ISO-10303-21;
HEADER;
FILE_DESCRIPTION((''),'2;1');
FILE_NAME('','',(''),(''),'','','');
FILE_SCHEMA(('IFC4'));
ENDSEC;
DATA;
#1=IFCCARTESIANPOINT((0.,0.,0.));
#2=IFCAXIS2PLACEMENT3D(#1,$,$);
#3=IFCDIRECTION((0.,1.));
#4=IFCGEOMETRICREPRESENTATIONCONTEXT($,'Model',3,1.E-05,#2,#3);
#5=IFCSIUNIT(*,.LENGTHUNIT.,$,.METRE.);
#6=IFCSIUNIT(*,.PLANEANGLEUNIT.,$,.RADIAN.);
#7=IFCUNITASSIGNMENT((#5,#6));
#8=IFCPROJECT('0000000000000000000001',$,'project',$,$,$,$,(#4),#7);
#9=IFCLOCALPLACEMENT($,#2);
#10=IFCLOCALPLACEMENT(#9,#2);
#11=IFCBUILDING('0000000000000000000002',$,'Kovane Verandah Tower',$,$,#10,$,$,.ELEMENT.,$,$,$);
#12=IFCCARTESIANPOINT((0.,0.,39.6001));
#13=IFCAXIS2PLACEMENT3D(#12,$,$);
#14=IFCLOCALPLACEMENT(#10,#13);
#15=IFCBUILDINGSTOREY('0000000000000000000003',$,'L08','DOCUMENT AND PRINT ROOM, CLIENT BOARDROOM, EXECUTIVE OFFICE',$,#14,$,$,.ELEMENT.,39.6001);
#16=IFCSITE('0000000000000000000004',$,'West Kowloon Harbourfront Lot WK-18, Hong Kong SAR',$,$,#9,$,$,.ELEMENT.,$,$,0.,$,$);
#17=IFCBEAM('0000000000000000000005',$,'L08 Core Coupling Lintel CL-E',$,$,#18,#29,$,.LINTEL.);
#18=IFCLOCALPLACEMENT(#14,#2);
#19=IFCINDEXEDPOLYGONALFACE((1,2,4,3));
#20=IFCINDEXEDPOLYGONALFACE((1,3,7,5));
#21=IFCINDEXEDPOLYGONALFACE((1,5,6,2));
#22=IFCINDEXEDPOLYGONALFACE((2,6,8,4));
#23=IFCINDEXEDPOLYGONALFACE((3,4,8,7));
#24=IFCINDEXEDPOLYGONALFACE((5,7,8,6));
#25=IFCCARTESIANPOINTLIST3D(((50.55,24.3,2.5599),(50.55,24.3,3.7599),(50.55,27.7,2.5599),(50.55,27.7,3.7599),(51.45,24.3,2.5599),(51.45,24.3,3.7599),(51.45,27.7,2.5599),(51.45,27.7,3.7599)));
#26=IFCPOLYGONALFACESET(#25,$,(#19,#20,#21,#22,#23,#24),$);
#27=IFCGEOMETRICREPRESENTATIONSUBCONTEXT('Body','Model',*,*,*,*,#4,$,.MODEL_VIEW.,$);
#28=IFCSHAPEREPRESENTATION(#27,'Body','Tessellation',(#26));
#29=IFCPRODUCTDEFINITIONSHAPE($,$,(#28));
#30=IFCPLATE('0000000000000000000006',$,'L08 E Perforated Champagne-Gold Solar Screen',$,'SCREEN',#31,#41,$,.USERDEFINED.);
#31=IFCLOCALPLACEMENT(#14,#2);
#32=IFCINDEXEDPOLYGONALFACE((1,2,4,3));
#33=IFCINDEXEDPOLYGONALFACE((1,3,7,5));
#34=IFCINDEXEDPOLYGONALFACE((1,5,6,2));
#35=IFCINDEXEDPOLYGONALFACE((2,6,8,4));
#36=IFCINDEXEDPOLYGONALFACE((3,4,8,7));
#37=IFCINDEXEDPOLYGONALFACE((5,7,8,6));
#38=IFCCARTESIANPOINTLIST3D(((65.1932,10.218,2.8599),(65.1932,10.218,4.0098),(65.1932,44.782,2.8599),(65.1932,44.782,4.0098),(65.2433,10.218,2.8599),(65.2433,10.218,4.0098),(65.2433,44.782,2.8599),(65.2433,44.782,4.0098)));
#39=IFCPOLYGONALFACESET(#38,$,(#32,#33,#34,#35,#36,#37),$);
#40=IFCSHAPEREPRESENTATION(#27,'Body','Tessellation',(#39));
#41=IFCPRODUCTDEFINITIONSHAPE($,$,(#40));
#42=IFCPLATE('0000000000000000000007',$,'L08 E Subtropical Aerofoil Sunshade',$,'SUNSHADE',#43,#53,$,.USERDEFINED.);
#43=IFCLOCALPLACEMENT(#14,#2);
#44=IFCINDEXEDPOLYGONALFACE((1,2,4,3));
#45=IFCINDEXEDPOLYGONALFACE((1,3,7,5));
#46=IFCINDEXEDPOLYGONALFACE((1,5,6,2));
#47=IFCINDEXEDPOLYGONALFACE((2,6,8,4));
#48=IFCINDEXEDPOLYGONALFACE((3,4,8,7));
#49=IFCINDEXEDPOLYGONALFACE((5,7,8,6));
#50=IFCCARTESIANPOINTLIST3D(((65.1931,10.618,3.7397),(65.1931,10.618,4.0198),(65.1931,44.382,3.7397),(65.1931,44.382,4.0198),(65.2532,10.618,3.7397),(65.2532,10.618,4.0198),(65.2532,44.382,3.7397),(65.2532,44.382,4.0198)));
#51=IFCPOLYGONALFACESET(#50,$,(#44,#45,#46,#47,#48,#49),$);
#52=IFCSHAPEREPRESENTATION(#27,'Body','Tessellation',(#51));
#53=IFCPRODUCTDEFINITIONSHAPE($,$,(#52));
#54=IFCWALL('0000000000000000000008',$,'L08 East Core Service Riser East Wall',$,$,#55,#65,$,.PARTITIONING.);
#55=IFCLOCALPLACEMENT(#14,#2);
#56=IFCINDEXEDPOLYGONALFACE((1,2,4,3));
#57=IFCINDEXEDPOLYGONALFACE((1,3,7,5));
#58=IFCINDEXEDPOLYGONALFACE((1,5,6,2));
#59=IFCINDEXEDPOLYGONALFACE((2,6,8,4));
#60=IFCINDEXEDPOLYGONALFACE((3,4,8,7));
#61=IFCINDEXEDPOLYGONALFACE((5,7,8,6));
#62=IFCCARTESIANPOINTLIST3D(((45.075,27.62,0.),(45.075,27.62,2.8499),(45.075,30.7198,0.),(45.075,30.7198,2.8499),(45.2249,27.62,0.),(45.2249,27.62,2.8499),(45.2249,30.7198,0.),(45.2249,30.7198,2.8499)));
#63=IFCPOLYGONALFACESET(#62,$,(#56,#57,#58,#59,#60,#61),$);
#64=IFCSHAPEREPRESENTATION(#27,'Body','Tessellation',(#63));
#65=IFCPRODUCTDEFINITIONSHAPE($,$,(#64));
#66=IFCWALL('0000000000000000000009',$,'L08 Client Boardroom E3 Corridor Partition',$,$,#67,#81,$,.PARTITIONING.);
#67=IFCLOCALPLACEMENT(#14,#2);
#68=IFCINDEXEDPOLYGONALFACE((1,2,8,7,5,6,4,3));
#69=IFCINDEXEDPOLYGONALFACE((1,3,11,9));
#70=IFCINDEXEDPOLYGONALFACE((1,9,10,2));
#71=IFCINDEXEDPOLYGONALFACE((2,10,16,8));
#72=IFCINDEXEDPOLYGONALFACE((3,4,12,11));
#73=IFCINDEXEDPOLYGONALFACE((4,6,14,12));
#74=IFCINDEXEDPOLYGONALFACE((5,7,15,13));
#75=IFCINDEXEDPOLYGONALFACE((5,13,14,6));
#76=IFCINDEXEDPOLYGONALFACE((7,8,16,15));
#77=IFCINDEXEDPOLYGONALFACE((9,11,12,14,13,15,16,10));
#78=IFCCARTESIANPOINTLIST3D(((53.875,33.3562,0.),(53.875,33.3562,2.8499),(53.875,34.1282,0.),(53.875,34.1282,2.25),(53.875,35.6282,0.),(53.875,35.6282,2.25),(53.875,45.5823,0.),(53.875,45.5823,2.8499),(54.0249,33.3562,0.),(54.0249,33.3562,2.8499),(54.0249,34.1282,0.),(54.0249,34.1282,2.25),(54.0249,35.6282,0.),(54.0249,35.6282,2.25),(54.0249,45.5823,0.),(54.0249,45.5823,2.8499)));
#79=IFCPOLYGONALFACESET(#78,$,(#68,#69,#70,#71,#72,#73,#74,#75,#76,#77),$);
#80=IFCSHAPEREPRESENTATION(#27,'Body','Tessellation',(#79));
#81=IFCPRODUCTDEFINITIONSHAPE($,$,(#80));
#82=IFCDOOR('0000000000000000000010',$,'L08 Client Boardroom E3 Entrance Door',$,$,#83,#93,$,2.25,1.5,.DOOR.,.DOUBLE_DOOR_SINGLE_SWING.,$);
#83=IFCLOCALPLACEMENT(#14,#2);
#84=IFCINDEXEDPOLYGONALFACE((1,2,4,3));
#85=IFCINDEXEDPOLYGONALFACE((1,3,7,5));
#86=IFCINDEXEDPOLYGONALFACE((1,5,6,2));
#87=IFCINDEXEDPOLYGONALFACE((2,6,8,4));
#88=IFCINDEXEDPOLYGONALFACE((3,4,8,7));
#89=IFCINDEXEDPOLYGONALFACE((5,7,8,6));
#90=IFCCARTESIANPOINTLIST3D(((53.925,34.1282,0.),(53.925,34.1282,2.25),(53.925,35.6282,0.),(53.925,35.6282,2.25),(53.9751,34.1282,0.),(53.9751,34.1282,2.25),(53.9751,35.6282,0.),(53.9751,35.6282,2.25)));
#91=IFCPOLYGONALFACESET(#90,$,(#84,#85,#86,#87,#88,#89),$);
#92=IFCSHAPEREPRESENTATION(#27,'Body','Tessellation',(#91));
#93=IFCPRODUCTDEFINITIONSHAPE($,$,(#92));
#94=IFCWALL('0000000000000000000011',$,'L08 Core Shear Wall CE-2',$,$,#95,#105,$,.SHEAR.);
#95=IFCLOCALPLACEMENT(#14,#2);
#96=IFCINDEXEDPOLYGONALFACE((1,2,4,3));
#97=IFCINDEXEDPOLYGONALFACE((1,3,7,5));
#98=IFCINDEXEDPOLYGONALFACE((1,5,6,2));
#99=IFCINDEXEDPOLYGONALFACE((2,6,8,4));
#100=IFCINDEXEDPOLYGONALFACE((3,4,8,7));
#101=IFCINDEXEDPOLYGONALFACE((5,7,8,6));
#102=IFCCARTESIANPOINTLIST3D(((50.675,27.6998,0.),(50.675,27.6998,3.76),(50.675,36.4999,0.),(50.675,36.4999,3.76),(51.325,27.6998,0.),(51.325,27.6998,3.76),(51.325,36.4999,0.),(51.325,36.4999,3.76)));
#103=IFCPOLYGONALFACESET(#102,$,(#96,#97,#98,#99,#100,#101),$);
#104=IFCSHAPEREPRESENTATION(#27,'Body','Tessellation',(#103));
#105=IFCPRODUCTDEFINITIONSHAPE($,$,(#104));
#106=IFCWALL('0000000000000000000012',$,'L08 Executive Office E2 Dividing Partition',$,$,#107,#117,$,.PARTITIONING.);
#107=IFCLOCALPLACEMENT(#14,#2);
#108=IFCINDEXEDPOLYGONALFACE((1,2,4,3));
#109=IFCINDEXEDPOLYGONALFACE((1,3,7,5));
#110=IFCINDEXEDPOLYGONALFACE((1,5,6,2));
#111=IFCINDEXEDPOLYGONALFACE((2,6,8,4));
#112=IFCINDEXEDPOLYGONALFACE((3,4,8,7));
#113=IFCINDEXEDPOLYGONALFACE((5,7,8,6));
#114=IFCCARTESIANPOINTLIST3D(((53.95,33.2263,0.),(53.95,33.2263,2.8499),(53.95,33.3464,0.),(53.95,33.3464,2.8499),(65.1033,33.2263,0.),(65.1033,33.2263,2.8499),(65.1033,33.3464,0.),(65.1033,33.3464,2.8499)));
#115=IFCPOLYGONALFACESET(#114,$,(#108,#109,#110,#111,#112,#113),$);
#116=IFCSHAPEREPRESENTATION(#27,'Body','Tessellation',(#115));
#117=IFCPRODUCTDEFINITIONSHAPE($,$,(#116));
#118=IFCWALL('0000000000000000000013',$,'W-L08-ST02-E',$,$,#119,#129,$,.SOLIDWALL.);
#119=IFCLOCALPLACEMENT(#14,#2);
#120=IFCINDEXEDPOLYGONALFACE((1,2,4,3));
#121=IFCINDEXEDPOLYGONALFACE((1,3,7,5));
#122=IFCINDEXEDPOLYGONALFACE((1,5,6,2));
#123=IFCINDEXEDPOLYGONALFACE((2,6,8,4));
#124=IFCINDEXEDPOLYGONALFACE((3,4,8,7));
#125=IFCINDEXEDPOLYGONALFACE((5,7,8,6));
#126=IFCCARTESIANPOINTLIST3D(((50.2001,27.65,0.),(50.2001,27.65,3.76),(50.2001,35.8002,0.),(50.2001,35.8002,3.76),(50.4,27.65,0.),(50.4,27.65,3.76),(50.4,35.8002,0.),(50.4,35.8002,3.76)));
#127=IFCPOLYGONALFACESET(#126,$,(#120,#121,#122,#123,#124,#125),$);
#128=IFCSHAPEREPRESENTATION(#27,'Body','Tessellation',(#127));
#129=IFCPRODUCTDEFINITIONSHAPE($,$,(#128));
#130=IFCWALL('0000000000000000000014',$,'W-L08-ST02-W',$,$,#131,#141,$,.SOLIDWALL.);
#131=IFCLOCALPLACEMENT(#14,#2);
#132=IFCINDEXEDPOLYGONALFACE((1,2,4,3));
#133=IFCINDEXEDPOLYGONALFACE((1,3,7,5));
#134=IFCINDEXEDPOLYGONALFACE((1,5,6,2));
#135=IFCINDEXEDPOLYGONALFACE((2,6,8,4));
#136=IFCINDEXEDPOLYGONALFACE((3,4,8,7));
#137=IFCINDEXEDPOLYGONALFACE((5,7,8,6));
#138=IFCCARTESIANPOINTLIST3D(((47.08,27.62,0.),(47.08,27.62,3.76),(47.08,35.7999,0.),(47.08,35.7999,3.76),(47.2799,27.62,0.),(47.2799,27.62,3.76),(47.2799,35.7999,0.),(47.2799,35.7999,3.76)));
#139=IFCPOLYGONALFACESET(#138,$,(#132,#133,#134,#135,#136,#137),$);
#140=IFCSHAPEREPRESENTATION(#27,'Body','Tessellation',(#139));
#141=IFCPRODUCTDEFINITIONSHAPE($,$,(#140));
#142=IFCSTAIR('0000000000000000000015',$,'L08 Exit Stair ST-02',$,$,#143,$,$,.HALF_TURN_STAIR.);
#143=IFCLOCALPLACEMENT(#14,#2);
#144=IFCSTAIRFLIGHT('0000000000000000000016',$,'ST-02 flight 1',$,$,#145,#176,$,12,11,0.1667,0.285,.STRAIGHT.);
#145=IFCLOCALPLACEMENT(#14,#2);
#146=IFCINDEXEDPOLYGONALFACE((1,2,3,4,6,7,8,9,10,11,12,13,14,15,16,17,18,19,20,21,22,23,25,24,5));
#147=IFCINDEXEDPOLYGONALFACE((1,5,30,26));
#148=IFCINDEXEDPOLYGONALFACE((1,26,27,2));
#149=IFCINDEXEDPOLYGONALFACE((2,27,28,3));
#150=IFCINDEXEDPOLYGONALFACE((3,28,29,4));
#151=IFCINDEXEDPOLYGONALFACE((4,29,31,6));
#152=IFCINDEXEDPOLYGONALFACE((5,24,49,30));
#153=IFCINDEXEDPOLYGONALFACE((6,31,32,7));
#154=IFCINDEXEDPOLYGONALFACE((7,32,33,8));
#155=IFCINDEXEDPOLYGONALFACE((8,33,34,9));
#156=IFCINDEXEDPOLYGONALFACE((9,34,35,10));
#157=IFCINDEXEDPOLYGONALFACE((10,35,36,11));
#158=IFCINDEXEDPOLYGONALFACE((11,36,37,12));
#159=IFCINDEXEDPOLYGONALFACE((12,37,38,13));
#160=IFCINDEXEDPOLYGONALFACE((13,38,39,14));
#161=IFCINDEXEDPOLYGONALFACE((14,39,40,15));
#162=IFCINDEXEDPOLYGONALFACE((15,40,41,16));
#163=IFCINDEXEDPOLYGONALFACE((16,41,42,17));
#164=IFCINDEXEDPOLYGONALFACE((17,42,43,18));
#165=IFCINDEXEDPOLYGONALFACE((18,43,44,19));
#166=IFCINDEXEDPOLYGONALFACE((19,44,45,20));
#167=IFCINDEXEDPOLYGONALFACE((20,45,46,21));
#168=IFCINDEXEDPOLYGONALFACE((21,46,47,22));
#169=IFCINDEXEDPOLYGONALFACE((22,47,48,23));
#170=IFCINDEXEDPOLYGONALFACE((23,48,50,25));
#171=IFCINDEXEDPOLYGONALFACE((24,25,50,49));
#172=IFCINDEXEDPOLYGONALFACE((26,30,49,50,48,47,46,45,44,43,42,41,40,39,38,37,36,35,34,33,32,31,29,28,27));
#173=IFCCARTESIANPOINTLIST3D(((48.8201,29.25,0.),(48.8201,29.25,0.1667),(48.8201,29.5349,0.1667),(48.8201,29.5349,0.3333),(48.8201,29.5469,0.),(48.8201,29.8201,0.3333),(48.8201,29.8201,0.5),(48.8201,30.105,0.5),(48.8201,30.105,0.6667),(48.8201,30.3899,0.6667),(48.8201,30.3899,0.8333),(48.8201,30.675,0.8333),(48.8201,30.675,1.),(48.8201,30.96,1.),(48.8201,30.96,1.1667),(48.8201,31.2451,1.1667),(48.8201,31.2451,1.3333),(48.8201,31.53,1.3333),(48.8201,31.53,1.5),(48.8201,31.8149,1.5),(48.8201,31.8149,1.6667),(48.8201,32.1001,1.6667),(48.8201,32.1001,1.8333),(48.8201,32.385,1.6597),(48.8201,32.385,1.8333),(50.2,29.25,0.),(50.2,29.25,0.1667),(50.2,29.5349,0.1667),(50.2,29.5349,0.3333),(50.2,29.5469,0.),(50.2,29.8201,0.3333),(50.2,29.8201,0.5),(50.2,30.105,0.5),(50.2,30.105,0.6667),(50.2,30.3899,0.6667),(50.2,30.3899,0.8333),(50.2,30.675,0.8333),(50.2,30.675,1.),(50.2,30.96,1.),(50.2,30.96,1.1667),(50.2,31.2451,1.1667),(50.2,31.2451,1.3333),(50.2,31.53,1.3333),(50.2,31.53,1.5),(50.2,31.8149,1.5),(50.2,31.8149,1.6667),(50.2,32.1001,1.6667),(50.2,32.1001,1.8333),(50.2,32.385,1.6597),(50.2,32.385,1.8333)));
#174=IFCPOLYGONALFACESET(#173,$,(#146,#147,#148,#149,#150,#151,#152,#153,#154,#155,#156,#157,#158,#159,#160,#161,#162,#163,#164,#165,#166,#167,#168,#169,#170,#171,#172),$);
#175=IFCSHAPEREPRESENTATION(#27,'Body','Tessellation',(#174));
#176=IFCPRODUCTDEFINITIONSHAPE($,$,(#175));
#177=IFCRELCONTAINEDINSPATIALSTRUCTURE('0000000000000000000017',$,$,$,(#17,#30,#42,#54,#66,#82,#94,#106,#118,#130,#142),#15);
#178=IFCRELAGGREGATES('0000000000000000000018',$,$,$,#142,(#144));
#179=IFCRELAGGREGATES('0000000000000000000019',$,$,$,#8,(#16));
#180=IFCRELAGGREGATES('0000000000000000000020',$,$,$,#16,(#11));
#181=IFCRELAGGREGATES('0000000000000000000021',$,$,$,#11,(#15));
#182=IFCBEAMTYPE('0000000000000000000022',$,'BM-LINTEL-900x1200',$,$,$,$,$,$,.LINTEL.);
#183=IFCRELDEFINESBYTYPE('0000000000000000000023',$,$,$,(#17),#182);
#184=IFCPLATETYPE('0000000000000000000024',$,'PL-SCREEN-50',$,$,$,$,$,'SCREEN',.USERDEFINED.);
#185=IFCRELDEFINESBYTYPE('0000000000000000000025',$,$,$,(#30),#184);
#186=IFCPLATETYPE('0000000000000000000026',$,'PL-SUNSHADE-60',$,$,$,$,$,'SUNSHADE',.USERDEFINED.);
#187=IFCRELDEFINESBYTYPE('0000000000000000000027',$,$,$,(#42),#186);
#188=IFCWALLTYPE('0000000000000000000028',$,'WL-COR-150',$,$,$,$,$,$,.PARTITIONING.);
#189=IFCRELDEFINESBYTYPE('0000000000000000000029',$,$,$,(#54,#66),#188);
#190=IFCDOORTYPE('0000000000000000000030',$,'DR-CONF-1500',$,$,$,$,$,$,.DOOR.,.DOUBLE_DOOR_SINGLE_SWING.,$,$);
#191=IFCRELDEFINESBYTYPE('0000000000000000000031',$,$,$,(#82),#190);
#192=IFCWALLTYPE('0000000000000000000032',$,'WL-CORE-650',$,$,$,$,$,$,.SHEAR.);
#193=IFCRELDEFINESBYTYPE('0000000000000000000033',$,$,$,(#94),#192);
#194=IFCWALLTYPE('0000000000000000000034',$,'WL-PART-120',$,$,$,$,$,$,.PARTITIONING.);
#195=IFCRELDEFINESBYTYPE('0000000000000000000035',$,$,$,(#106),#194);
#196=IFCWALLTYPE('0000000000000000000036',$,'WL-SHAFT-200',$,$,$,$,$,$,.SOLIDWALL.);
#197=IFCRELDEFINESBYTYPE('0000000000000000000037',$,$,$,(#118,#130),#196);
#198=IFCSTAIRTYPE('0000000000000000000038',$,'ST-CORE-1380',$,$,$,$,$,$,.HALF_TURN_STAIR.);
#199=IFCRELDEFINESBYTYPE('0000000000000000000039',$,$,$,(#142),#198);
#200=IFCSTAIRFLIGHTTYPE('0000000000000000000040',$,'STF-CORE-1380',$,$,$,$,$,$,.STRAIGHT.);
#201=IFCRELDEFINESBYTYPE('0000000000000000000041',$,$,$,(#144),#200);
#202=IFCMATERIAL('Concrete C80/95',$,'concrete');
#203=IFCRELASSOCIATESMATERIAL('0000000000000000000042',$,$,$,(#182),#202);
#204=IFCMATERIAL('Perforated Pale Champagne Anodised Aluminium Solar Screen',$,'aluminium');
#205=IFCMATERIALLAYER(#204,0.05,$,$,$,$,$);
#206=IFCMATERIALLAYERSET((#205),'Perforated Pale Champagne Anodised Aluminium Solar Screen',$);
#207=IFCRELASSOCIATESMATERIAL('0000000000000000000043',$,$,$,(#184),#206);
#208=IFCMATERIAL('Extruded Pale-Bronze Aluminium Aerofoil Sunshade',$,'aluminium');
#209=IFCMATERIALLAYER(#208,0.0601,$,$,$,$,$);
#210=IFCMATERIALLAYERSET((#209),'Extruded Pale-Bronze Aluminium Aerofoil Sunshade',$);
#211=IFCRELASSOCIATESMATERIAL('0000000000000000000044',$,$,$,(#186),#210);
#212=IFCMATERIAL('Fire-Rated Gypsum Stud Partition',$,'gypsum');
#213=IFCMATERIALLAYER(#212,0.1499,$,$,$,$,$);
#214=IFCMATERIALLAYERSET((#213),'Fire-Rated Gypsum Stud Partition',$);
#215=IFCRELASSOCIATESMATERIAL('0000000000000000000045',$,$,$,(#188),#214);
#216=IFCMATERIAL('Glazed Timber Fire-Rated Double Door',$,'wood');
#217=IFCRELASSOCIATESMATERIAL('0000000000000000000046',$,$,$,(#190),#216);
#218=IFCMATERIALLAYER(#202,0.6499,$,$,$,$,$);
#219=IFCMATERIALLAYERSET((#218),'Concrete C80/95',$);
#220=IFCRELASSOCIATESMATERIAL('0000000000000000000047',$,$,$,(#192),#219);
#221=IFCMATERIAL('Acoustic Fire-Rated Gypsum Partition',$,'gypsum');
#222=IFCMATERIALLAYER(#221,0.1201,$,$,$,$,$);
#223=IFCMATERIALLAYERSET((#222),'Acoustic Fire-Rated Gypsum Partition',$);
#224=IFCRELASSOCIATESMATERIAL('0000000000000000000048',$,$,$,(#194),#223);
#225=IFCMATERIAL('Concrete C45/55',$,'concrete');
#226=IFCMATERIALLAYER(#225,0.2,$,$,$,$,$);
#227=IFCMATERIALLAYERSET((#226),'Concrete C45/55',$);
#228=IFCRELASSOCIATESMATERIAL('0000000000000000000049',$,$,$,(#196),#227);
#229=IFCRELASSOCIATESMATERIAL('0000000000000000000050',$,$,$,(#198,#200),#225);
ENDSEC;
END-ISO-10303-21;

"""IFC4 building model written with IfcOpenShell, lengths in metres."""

from ifc_helpers import new_model, si_unit, direction, frame, frame_2d, origin, origin_2d, place, context, subcontext, project, spatial, polyline, rectangle, outline, extrude, material, layer, layer_set, material_profile, profile_set, type_object, element, fill, aggregate, save


model = new_model("IFC4")

# Units and contexts
model_context = context("Model", 3, precision=1e-05, world=origin(), true_north=direction((0.0, 1.0)))
body_context = subcontext(model_context, "Body", "Model", "MODEL_VIEW")
ifc_project = project(units=[si_unit("LENGTHUNIT", "METRE"), si_unit("PLANEANGLEUNIT", "RADIAN")], contexts=[model_context])

# Site, building, storey
site_placement = place(None, origin())
site = spatial("IfcSite", under=ifc_project, at=site_placement, Name="West Kowloon Harbourfront Lot WK-18, Hong Kong SAR", CompositionType="ELEMENT", RefElevation=0.0)
building_placement = place(site_placement, origin())
building = spatial("IfcBuilding", under=site, at=building_placement, Name="Kovane Verandah Tower", CompositionType="ELEMENT")
storey_placement = place(building_placement, frame((0.0, 0.0, 39.6001)))
storey = spatial("IfcBuildingStorey", under=building, at=storey_placement, Name="L08", Description="DOCUMENT AND PRINT ROOM, CLIENT BOARDROOM, EXECUTIVE OFFICE", CompositionType="ELEMENT", Elevation=39.6001)

# Beam
ifc_material_1 = material(Name="Concrete C80/95", Category="concrete")
ifc_material_profile = material_profile(ifc_material_1, rectangle(XDim=0.8999, YDim=1.2, at=origin_2d()), Name="RCB900x1200")
ifc_profile_set = profile_set([ifc_material_profile], Name="Concrete C80/95")
beam_type = type_object("IfcBeamType", Name="BM-LINTEL-900x1200", PredefinedType="LINTEL", material=ifc_profile_set)
beam_placement = place(storey_placement, frame((51.0, 24.3, 3.1599), z_axis=(0.0, 1.0, 0.0), x_axis=(-1.0, 0.0, 0.0)))
element("IfcBeam", 1, at=beam_placement, inside=storey, type_object=beam_type, Name="L08 Core Coupling Lintel CL-E", PredefinedType="LINTEL", context=body_context, shape_type="SweptSolid", body=[
    extrude(rectangle(XDim=0.8999, YDim=1.2, at=origin_2d()), origin(), (0.0, 0.0, 1.0), 3.3999),
])

# Plates
ifc_material_2 = material(Name="Perforated Pale Champagne Anodised Aluminium Solar Screen", Category="aluminium")
ifc_layer_1 = layer(ifc_material_2, 0.05)
ifc_layer_set_1 = layer_set([ifc_layer_1], Name="Perforated Pale Champagne Anodised Aluminium Solar Screen")
plate_type_1 = type_object("IfcPlateType", Name="PL-SCREEN-50", ElementType="SCREEN", PredefinedType="USERDEFINED", material=ifc_layer_set_1)
plate_1_placement = place(storey_placement, frame((65.2183, 27.5, 2.8599), z_axis=(0.0, 0.0, 1.0), x_axis=(0.0, 1.0, 0.0)))
element("IfcPlate", 2, at=plate_1_placement, inside=storey, type_object=plate_type_1, Name="L08 E Perforated Champagne-Gold Solar Screen", ObjectType="SCREEN", PredefinedType="USERDEFINED", context=body_context, shape_type="SweptSolid", body=[
    extrude(rectangle(XDim=34.564, YDim=0.05, at=origin_2d()), origin(), (0.0, 0.0, 1.0), 1.1499),
])
ifc_material_3 = material(Name="Extruded Pale-Bronze Aluminium Aerofoil Sunshade", Category="aluminium")
ifc_layer_2 = layer(ifc_material_3, 0.0601)
ifc_layer_set_2 = layer_set([ifc_layer_2], Name="Extruded Pale-Bronze Aluminium Aerofoil Sunshade")
plate_type_2 = type_object("IfcPlateType", Name="PL-SUNSHADE-60", ElementType="SUNSHADE", PredefinedType="USERDEFINED", material=ifc_layer_set_2)
plate_2_placement = place(storey_placement, frame((65.2231, 27.5, 3.7397), z_axis=(0.0, 0.0, 1.0), x_axis=(0.0, 1.0, 0.0)))
element("IfcPlate", 3, at=plate_2_placement, inside=storey, type_object=plate_type_2, Name="L08 E Subtropical Aerofoil Sunshade", ObjectType="SUNSHADE", PredefinedType="USERDEFINED", context=body_context, shape_type="SweptSolid", body=[
    extrude(rectangle(XDim=33.7639, YDim=0.0601, at=origin_2d()), origin(), (0.0, 0.0, 1.0), 0.28),
])

# Wall
ifc_material_4 = material(Name="Fire-Rated Gypsum Stud Partition", Category="gypsum")
ifc_layer_3 = layer(ifc_material_4, 0.1499)
ifc_layer_set_3 = layer_set([ifc_layer_3], Name="Fire-Rated Gypsum Stud Partition")
wall_type_1 = type_object("IfcWallType", Name="WL-COR-150", PredefinedType="PARTITIONING", material=ifc_layer_set_3)
wall_1_placement = place(storey_placement, frame((45.1499, 27.6201, 0.0), z_axis=(0.0, 0.0, 1.0), x_axis=(0.0, 1.0, 0.0)))
element("IfcWall", 4, at=wall_1_placement, inside=storey, type_object=wall_type_1, Name="L08 East Core Service Riser East Wall", PredefinedType="PARTITIONING", context=body_context, shape_type="SweptSolid", body=[
    extrude(rectangle(XDim=3.0999, YDim=0.1499, at=frame_2d((1.5498, 0.0))), origin(), (0.0, 0.0, 1.0), 2.8499),
])

# Wall, opening, door
wall_2_placement = place(storey_placement, frame((53.95, 33.3562, 0.0), z_axis=(0.0, 0.0, 1.0), x_axis=(0.0, 1.0, 0.0)))
wall_2 = element("IfcWall", 5, at=wall_2_placement, inside=storey, type_object=wall_type_1, Name="L08 Client Boardroom E3 Corridor Partition", PredefinedType="PARTITIONING", context=body_context, shape_type="SweptSolid", body=[
    extrude(rectangle(XDim=12.2261, YDim=0.1499, at=frame_2d((6.113, 0.0))), origin(), (0.0, 0.0, 1.0), 2.8499),
])
opening_1_placement = place(wall_2_placement, frame((0.772, 0.0, 0.0)))
opening_1 = element("IfcOpeningElement", 6, at=opening_1_placement, cuts=wall_2, PredefinedType="OPENING", context=body_context, shape_type="SweptSolid", body=[
    extrude(rectangle(XDim=1.5, YDim=2.25, at=frame_2d((0.75, 1.125))), frame((0.0, 0.075, 0.0), z_axis=(0.0, -1.0, 0.0), x_axis=(1.0, 0.0, 0.0)), (0.0, 0.0, 1.0), 0.1499),
])
ifc_material_5 = material(Name="Glazed Timber Fire-Rated Double Door", Category="wood")
door_type_1 = type_object("IfcDoorType", Name="DR-CONF-1500", OperationType="DOUBLE_DOOR_SINGLE_SWING", PredefinedType="DOOR", material=ifc_material_5)
door_1_placement = place(opening_1_placement, origin())
door_1 = element("IfcDoor", 7, at=door_1_placement, inside=storey, type_object=door_type_1, Name="L08 Client Boardroom E3 Entrance Door", OperationType="DOUBLE_DOOR_SINGLE_SWING", OverallHeight=2.25, OverallWidth=1.5, PredefinedType="DOOR", context=body_context, shape_type="SweptSolid", body=[
    extrude(rectangle(XDim=1.5, YDim=2.25, at=frame_2d((0.75, 1.125))), frame((0.0, 0.0249, 0.0), z_axis=(0.0, -1.0, 0.0), x_axis=(1.0, 0.0, 0.0)), (0.0, 0.0, 1.0), 0.05),
])
fill(opening_1, door_1)

# Wall
ifc_layer_4 = layer(ifc_material_1, 0.6499)
ifc_layer_set_4 = layer_set([ifc_layer_4], Name="Concrete C80/95")
wall_type_2 = type_object("IfcWallType", Name="WL-CORE-650", PredefinedType="SHEAR", material=ifc_layer_set_4)
wall_3_placement = place(storey_placement, frame((51.0, 27.7, 0.0), z_axis=(0.0, 0.0, 1.0), x_axis=(0.0, 1.0, 0.0)))
element("IfcWall", 8, at=wall_3_placement, inside=storey, type_object=wall_type_2, Name="L08 Core Shear Wall CE-2", PredefinedType="SHEAR", context=body_context, shape_type="SweptSolid", body=[
    extrude(rectangle(XDim=8.8, YDim=0.6499, at=frame_2d((4.3999, 0.0))), origin(), (0.0, 0.0, 1.0), 3.76),
])

# Walls
ifc_material_6 = material(Name="Acoustic Fire-Rated Gypsum Partition", Category="gypsum")
ifc_layer_5 = layer(ifc_material_6, 0.1201)
ifc_layer_set_5 = layer_set([ifc_layer_5], Name="Acoustic Fire-Rated Gypsum Partition")
wall_type_3 = type_object("IfcWallType", Name="WL-PART-120", PredefinedType="PARTITIONING", material=ifc_layer_set_5)
wall_4_placement = place(storey_placement, frame((53.95, 33.2864, 0.0), z_axis=(0.0, 0.0, 1.0), x_axis=(1.0, 0.0, 0.0)))
element("IfcWall", 9, at=wall_4_placement, inside=storey, type_object=wall_type_3, Name="L08 Executive Office E2 Dividing Partition", PredefinedType="PARTITIONING", context=body_context, shape_type="SweptSolid", body=[
    extrude(rectangle(XDim=11.1533, YDim=0.1201, at=frame_2d((5.5767, 0.0))), origin(), (0.0, 0.0, 1.0), 2.8499),
])
ifc_material_7 = material(Name="Concrete C45/55", Category="concrete")
ifc_layer_6 = layer(ifc_material_7, 0.2)
ifc_layer_set_6 = layer_set([ifc_layer_6], Name="Concrete C45/55")
wall_type_4 = type_object("IfcWallType", Name="WL-SHAFT-200", PredefinedType="SOLIDWALL", material=ifc_layer_set_6)
wall_5_placement = place(storey_placement, frame((50.3, 27.6499, 0.0), z_axis=(0.0, 0.0, 1.0), x_axis=(0.0, 1.0, 0.0)))
element("IfcWall", 10, at=wall_5_placement, inside=storey, type_object=wall_type_4, Name="W-L08-ST02-E", PredefinedType="SOLIDWALL", context=body_context, shape_type="SweptSolid", body=[
    extrude(rectangle(XDim=8.1501, YDim=0.2, at=frame_2d((4.0752, 0.0))), origin(), (0.0, 0.0, 1.0), 3.76),
])
wall_6_placement = place(storey_placement, frame((47.1799, 27.6201, 0.0), z_axis=(0.0, 0.0, 1.0), x_axis=(0.0, 1.0, 0.0)))
element("IfcWall", 11, at=wall_6_placement, inside=storey, type_object=wall_type_4, Name="W-L08-ST02-W", PredefinedType="SOLIDWALL", context=body_context, shape_type="SweptSolid", body=[
    extrude(rectangle(XDim=8.1799, YDim=0.2, at=frame_2d((4.0898, 0.0))), origin(), (0.0, 0.0, 1.0), 3.76),
])

# Stair, stair flight
stair_type = type_object("IfcStairType", Name="ST-CORE-1380", PredefinedType="HALF_TURN_STAIR", material=ifc_material_7)
stair_placement = place(storey_placement, origin())
stair = element("IfcStair", 12, at=stair_placement, inside=storey, type_object=stair_type, Name="L08 Exit Stair ST-02", PredefinedType="HALF_TURN_STAIR")
stair_flight_type = type_object("IfcStairFlightType", Name="STF-CORE-1380", PredefinedType="STRAIGHT", material=ifc_material_7)
stair_flight_1_placement = place(storey_placement, frame((49.51, 29.25, 0.0), z_axis=(0.0, 0.0, 1.0), x_axis=(0.0, 1.0, 0.0)))
stair_flight_1 = element("IfcStairFlight", 13, at=stair_flight_1_placement, type_object=stair_flight_type, Name="ST-02 flight 1", NumberOfRisers=12, NumberOfTreads=11, PredefinedType="STRAIGHT", RiserHeight=0.1667, TreadLength=0.285, context=body_context, shape_type="SweptSolid", body=[
    extrude(outline(polyline([(0.0, 0.0), (0.0, 0.1667), (0.2849, 0.1667), (0.2849, 0.3333), (0.5701, 0.3333), (0.5701, 0.5), (0.855, 0.5), (0.855, 0.6667), (1.1399, 0.6667), (1.1399, 0.8333), (1.425, 0.8333), (1.425, 1.0), (1.71, 1.0), (1.71, 1.1667), (1.9951, 1.1667), (1.9951, 1.3333), (2.28, 1.3333), (2.28, 1.5), (2.5649, 1.5), (2.5649, 1.6667), (2.8501, 1.6667), (2.8501, 1.8333), (3.135, 1.8333), (3.135, 2.0), (3.135, 1.6597), (0.2969, 0.0), (0.0, 0.0)])), frame((0.0, 0.6899, 0.0), z_axis=(0.0, -1.0, 0.0), x_axis=(1.0, 0.0, 0.0)), (0.0, 0.0, 1.0), 1.3799),
])
aggregate(stair, [stair_flight_1])

save(model, "model.ifc")
